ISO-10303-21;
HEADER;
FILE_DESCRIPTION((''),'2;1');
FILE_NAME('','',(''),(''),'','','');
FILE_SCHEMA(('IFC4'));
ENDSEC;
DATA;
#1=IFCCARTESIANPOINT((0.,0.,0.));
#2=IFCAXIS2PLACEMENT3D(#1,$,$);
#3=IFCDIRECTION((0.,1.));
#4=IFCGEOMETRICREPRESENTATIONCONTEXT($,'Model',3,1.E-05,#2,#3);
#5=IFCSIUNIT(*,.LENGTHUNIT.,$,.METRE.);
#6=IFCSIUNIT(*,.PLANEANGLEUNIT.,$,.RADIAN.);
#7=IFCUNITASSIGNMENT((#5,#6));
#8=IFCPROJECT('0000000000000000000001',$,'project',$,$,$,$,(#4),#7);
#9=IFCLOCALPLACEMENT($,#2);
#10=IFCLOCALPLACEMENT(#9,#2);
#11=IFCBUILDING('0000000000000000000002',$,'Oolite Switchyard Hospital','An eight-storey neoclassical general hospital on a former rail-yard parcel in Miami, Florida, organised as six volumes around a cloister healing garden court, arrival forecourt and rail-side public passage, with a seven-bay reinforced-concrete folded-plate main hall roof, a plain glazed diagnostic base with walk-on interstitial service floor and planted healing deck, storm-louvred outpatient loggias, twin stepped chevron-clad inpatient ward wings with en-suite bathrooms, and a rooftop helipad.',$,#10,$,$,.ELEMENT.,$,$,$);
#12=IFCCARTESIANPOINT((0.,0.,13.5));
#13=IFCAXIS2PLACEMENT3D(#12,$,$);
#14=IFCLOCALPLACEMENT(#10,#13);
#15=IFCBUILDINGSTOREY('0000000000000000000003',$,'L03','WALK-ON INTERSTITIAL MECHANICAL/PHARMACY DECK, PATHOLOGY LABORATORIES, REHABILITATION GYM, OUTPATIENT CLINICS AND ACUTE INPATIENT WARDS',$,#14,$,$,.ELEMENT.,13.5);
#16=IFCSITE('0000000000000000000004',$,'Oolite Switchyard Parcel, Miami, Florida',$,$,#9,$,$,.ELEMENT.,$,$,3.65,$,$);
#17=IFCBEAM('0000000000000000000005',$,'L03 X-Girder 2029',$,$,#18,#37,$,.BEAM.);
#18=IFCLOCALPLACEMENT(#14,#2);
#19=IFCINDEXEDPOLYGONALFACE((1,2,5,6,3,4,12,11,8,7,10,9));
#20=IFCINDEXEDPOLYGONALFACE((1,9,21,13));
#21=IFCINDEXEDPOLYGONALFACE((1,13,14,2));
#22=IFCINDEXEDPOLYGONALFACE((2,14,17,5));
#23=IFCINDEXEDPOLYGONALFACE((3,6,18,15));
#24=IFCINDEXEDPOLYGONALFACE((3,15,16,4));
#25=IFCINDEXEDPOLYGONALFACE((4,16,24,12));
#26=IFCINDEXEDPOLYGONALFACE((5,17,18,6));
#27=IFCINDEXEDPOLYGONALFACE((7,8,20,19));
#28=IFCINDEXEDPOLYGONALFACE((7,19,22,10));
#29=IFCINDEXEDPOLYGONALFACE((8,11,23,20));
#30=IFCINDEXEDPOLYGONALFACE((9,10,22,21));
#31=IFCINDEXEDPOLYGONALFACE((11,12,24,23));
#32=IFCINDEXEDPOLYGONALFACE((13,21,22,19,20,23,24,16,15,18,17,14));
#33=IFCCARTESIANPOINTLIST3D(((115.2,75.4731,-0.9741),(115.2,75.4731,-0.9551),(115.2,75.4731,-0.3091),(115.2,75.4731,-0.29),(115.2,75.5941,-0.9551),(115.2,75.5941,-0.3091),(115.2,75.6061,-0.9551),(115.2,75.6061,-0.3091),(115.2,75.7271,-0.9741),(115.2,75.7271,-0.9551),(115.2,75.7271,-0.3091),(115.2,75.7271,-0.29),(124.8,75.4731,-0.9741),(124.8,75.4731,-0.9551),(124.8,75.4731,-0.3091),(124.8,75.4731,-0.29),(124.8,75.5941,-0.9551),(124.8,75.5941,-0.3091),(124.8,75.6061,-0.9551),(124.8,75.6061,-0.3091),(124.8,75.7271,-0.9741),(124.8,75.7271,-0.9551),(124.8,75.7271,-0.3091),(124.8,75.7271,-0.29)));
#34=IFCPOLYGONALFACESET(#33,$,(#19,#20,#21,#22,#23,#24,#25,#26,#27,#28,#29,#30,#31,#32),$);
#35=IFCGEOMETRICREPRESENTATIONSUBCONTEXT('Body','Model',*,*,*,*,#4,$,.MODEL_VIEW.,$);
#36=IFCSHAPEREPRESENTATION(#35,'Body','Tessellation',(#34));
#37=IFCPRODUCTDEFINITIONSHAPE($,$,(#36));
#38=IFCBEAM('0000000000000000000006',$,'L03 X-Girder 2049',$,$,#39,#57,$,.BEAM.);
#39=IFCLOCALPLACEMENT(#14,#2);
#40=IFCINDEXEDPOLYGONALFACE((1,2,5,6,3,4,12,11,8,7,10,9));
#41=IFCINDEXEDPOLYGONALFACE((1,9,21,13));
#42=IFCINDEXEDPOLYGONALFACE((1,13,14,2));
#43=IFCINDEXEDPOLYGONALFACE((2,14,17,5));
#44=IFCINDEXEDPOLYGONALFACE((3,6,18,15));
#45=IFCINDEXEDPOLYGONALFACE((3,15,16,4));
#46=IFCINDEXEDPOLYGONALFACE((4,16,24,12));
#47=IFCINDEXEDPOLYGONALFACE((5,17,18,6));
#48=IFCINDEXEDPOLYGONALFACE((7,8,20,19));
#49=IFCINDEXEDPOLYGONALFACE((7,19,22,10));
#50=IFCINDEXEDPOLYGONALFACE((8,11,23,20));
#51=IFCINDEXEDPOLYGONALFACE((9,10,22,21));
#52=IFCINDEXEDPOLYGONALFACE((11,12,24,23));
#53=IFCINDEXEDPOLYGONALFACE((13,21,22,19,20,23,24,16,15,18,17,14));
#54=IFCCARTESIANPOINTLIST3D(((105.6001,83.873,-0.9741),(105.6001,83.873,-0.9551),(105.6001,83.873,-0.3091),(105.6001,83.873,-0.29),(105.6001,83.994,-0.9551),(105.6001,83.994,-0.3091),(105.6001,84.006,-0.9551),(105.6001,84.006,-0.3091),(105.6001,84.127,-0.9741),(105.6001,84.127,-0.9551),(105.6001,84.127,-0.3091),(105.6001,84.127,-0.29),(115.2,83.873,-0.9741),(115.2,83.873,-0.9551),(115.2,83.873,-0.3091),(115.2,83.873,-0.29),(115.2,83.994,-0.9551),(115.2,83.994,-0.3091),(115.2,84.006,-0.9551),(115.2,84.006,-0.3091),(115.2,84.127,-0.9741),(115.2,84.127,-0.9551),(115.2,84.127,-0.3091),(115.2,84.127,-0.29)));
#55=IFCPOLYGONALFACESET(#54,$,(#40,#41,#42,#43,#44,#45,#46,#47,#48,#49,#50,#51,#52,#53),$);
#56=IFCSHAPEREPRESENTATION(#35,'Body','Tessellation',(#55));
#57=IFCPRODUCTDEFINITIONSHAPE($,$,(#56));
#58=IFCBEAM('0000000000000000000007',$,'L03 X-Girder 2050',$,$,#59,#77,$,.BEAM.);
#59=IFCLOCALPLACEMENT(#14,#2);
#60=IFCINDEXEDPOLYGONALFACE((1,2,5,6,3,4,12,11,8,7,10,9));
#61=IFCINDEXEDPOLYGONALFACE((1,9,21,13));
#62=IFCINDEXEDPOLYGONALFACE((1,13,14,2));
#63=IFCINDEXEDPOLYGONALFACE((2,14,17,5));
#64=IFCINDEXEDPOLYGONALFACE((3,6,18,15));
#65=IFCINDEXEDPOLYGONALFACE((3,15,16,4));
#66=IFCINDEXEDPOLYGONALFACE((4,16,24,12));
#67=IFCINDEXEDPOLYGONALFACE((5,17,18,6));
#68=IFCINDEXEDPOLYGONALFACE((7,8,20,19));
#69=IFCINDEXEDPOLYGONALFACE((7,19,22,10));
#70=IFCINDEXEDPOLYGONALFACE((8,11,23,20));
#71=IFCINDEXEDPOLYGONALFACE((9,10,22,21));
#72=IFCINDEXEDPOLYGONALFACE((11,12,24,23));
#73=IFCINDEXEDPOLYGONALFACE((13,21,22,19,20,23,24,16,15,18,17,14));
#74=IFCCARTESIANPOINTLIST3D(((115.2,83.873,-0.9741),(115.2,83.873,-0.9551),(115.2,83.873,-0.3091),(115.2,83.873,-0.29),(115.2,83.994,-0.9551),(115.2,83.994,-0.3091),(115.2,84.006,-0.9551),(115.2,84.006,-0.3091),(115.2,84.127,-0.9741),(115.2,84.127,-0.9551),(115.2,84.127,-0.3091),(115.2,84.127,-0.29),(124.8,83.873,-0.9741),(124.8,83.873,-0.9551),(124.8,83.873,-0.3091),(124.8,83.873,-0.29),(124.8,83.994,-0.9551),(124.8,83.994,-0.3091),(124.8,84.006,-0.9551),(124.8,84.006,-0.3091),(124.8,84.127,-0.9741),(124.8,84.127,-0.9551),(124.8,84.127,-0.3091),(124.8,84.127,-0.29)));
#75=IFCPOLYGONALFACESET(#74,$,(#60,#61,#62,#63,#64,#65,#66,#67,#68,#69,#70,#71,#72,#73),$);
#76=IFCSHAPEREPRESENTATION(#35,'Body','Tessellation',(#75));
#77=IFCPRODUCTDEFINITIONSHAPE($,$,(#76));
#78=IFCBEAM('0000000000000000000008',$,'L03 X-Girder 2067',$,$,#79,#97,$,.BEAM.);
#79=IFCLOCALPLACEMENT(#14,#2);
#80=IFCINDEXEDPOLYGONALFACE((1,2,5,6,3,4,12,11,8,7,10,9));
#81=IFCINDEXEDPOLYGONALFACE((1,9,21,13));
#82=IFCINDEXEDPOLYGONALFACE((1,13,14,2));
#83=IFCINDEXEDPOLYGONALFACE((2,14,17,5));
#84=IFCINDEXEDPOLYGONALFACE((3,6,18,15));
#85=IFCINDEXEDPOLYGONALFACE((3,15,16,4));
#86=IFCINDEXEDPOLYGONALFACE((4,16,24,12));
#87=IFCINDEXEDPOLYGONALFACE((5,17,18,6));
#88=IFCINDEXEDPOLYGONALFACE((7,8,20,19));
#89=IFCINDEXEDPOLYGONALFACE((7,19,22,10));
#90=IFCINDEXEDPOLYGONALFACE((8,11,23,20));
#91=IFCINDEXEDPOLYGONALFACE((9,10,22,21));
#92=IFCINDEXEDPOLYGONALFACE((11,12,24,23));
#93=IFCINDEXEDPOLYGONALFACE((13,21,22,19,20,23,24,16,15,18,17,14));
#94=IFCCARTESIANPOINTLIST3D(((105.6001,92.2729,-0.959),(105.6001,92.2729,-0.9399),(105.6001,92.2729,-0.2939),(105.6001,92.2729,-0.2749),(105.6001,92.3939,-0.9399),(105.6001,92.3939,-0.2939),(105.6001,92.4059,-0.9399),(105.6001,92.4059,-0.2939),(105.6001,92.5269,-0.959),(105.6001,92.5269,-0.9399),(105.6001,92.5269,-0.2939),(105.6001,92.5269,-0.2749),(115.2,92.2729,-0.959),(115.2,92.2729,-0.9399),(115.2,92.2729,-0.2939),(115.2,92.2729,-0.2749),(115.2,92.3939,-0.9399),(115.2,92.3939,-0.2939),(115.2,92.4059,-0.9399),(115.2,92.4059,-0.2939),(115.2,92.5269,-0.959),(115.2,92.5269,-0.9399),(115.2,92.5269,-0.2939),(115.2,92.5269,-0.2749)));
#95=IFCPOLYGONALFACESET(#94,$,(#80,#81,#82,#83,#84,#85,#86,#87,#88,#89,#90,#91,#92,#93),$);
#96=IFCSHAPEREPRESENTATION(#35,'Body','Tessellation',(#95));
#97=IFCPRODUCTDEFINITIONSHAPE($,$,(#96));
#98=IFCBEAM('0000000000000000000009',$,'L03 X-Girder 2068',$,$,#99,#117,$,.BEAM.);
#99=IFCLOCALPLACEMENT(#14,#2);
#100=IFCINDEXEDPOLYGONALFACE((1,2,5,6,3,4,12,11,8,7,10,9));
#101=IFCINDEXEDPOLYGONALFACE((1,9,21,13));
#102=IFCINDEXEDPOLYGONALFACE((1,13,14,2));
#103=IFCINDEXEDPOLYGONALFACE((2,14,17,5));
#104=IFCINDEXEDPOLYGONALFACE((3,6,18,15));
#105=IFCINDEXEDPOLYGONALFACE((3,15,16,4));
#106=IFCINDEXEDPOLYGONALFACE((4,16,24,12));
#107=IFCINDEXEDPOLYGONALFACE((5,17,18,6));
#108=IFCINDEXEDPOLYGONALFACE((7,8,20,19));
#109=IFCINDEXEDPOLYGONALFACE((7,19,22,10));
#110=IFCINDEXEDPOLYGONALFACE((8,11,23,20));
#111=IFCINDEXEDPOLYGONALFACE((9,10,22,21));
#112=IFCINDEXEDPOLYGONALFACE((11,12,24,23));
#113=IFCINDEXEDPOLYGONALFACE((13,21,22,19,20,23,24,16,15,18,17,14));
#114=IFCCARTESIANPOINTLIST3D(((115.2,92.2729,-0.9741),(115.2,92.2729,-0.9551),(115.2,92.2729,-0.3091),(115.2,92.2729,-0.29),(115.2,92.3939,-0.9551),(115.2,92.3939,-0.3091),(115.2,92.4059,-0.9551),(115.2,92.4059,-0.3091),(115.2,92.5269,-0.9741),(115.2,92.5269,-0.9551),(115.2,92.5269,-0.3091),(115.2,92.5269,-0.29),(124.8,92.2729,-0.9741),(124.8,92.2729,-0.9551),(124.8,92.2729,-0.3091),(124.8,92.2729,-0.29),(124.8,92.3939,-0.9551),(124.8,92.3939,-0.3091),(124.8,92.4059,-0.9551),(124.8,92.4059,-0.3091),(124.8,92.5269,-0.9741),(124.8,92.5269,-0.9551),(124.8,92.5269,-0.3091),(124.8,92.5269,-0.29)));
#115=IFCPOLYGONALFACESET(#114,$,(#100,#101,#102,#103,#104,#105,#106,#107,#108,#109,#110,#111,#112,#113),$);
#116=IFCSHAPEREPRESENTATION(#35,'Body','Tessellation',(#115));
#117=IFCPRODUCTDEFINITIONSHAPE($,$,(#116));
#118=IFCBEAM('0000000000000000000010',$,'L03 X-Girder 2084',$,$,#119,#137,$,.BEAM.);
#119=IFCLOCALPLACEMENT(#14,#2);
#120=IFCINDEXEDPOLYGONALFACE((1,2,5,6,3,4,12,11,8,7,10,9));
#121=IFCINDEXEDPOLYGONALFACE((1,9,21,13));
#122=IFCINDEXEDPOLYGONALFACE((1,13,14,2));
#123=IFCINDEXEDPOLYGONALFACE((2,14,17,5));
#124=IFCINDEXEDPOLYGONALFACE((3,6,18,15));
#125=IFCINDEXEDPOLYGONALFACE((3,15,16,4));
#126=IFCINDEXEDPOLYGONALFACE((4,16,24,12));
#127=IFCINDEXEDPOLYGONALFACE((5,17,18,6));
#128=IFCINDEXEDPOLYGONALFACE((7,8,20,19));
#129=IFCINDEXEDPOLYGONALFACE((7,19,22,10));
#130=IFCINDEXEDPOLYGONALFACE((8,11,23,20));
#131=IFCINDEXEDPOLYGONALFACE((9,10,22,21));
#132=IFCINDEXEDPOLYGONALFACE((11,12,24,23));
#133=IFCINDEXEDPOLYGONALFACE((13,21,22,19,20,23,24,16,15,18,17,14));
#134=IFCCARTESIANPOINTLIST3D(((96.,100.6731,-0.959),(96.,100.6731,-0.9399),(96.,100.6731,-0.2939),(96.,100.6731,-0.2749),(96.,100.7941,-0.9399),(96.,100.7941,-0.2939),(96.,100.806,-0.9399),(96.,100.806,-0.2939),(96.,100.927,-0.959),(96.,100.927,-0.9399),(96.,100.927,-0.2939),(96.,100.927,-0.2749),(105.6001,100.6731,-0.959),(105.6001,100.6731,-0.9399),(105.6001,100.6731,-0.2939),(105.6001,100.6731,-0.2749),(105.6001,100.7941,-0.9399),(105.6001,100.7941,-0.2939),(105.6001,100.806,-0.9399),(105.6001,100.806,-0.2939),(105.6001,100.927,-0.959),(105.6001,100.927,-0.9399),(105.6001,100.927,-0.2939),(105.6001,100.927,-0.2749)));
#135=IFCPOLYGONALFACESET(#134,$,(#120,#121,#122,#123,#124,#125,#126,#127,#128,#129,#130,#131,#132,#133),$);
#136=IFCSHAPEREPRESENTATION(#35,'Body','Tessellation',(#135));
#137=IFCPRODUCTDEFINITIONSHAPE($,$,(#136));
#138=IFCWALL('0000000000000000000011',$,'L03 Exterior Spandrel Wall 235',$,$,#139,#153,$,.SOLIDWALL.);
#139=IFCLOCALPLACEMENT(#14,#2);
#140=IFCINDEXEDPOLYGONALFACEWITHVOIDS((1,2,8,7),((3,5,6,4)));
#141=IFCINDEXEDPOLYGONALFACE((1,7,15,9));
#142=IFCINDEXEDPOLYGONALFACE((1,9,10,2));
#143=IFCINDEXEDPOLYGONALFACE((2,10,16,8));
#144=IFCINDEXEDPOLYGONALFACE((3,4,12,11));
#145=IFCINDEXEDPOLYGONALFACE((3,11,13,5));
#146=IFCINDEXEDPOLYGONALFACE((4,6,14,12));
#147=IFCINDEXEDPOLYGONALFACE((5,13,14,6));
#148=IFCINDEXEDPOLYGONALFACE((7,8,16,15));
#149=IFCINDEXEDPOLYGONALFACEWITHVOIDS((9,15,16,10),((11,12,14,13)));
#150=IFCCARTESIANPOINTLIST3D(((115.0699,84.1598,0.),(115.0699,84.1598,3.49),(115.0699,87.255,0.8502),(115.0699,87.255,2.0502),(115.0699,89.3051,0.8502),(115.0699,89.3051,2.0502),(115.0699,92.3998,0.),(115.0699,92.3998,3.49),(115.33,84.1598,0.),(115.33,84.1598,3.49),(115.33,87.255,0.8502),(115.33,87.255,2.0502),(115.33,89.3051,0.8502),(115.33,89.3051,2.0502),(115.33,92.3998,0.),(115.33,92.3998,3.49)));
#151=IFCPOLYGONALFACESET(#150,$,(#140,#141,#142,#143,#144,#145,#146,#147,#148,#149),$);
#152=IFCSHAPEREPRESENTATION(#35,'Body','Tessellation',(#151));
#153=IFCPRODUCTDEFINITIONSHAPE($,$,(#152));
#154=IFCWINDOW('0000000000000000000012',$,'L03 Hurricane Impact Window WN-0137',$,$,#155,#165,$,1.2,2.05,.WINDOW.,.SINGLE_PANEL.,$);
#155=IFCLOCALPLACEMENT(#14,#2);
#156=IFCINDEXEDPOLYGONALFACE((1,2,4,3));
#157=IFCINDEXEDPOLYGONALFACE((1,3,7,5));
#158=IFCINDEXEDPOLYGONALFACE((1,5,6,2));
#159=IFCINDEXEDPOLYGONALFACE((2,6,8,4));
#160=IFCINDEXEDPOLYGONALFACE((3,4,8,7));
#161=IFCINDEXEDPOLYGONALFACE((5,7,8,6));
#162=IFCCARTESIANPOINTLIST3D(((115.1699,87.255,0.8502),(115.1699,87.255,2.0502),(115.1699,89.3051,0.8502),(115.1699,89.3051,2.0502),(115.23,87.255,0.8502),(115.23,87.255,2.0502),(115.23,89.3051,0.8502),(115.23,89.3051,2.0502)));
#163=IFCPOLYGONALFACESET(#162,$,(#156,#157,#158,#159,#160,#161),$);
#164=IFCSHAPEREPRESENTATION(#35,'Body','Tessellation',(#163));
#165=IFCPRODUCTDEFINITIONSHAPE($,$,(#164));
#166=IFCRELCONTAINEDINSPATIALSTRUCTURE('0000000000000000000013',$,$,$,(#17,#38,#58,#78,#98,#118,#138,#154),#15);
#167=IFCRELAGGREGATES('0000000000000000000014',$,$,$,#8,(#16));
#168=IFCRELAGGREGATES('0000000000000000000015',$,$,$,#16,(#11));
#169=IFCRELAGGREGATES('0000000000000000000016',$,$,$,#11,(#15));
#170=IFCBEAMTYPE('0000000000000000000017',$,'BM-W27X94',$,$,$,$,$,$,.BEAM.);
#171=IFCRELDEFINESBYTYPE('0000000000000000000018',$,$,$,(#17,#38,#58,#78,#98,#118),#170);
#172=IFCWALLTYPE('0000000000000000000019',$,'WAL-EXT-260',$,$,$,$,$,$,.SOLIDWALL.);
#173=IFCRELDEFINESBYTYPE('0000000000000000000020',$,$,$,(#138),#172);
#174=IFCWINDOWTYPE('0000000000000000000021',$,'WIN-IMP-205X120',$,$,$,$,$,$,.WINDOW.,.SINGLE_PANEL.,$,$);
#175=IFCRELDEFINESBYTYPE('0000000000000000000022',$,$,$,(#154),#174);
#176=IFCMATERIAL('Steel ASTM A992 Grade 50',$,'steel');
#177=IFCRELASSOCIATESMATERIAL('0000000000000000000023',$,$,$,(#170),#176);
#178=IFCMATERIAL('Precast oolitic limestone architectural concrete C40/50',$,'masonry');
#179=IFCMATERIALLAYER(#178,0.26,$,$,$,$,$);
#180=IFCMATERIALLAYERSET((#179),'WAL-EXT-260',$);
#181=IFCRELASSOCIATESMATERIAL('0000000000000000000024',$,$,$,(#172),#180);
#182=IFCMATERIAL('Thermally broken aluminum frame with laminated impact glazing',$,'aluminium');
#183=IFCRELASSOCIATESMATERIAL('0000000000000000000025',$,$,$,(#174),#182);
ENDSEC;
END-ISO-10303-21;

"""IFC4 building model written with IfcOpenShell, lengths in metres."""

from ifc_helpers import new_model, si_unit, direction, frame, frame_2d, origin, origin_2d, place, context, subcontext, project, spatial, rectangle, i_section, extrude, material, layer, layer_set, material_profile, profile_set, type_object, element, fill, save


model = new_model("IFC4")

# Units and contexts
model_context = context("Model", 3, precision=1e-05, world=origin(), true_north=direction((0.0, 1.0)))
body_context = subcontext(model_context, "Body", "Model", "MODEL_VIEW")
ifc_project = project(units=[si_unit("LENGTHUNIT", "METRE"), si_unit("PLANEANGLEUNIT", "RADIAN")], contexts=[model_context])

# Site, building, storey
site_placement = place(None, origin())
site = spatial("IfcSite", under=ifc_project, at=site_placement, Name="Oolite Switchyard Parcel, Miami, Florida", CompositionType="ELEMENT", RefElevation=3.65)
building_placement = place(site_placement, origin())
building = spatial("IfcBuilding", under=site, at=building_placement, Name="Oolite Switchyard Hospital", Description="An eight-storey neoclassical general hospital on a former rail-yard parcel in Miami, Florida, organised as six volumes around a cloister healing garden court, arrival forecourt and rail-side public passage, with a seven-bay reinforced-concrete folded-plate main hall roof, a plain glazed diagnostic base with walk-on interstitial service floor and planted healing deck, storm-louvred outpatient loggias, twin stepped chevron-clad inpatient ward wings with en-suite bathrooms, and a rooftop helipad.", CompositionType="ELEMENT")
storey_placement = place(building_placement, frame((0.0, 0.0, 13.5)))
storey = spatial("IfcBuildingStorey", under=building, at=storey_placement, Name="L03", Description="WALK-ON INTERSTITIAL MECHANICAL/PHARMACY DECK, PATHOLOGY LABORATORIES, REHABILITATION GYM, OUTPATIENT CLINICS AND ACUTE INPATIENT WARDS", CompositionType="ELEMENT", Elevation=13.5)

# Beams
ifc_material_1 = material(Name="Steel ASTM A992 Grade 50", Category="steel")
ifc_material_profile_1 = material_profile(ifc_material_1, i_section(OverallWidth=0.2539, OverallDepth=0.6841, WebThickness=0.012, FlangeThickness=0.019, at=origin_2d()), Name="W27X94")
ifc_profile_set_1 = profile_set([ifc_material_profile_1], Name="Steel ASTM A992 Grade 50")
beam_type_1 = type_object("IfcBeamType", Name="BM-W27X94", PredefinedType="BEAM", material=ifc_profile_set_1)
beam_1_placement = place(storey_placement, frame((115.2, 75.6001, -0.6321), z_axis=(1.0, 0.0, 0.0), x_axis=(0.0, 1.0, 0.0)))
element("IfcBeam", 1, at=beam_1_placement, inside=storey, type_object=beam_type_1, Name="L03 X-Girder 2029", PredefinedType="BEAM", context=body_context, shape_type="SweptSolid", body=[
    extrude(i_section(OverallWidth=0.2539, OverallDepth=0.6841, WebThickness=0.012, FlangeThickness=0.019, at=origin_2d()), origin(), (0.0, 0.0, 1.0), 9.6001),
])
beam_2_placement = place(storey_placement, frame((105.6001, 84.0, -0.6321), z_axis=(1.0, 0.0, 0.0), x_axis=(0.0, 1.0, 0.0)))
element("IfcBeam", 2, at=beam_2_placement, inside=storey, type_object=beam_type_1, Name="L03 X-Girder 2049", PredefinedType="BEAM", context=body_context, shape_type="SweptSolid", body=[
    extrude(i_section(OverallWidth=0.2539, OverallDepth=0.6841, WebThickness=0.012, FlangeThickness=0.019, at=origin_2d()), origin(), (0.0, 0.0, 1.0), 9.5999),
])
beam_3_placement = place(storey_placement, frame((115.2, 84.0, -0.6321), z_axis=(1.0, 0.0, 0.0), x_axis=(0.0, 1.0, 0.0)))
element("IfcBeam", 3, at=beam_3_placement, inside=storey, type_object=beam_type_1, Name="L03 X-Girder 2050", PredefinedType="BEAM", context=body_context, shape_type="SweptSolid", body=[
    extrude(i_section(OverallWidth=0.2539, OverallDepth=0.6841, WebThickness=0.012, FlangeThickness=0.019, at=origin_2d()), origin(), (0.0, 0.0, 1.0), 9.6001),
])
beam_4_placement = place(storey_placement, frame((105.6001, 92.3999, -0.6169), z_axis=(1.0, 0.0, 0.0), x_axis=(0.0, 1.0, 0.0)))
element("IfcBeam", 4, at=beam_4_placement, inside=storey, type_object=beam_type_1, Name="L03 X-Girder 2067", PredefinedType="BEAM", context=body_context, shape_type="SweptSolid", body=[
    extrude(i_section(OverallWidth=0.2539, OverallDepth=0.6841, WebThickness=0.012, FlangeThickness=0.019, at=origin_2d()), origin(), (0.0, 0.0, 1.0), 9.5999),
])
for number, where, z_axis, x_axis, name in (
    (5, (115.2, 92.3999, -0.6321), (1.0, 0.0, 0.0), (0.0, 1.0, 0.0), "L03 X-Girder 2068"),
    (6, (96.0, 100.8, -0.6169), (1.0, 0.0, 0.0), (0.0, 1.0, 0.0), "L03 X-Girder 2084"),
):
    element("IfcBeam", number, at=place(storey_placement, frame(where, z_axis=z_axis, x_axis=x_axis)), inside=storey, type_object=beam_type_1, Name=name, PredefinedType="BEAM", context=body_context, shape_type="SweptSolid", body=[
        extrude(i_section(OverallWidth=0.2539, OverallDepth=0.6841, WebThickness=0.012, FlangeThickness=0.019, at=origin_2d()), origin(), (0.0, 0.0, 1.0), 9.6001),
    ])

# Wall, opening, window
ifc_material_2 = material(Name="Precast oolitic limestone architectural concrete C40/50", Category="masonry")
ifc_layer_1 = layer(ifc_material_2, 0.26)
ifc_layer_set_1 = layer_set([ifc_layer_1], Name="WAL-EXT-260")
wall_type_1 = type_object("IfcWallType", Name="WAL-EXT-260", PredefinedType="SOLIDWALL", material=ifc_layer_set_1)
wall_1_placement = place(storey_placement, frame((115.2, 92.3999, 0.0), z_axis=(0.0, 0.0, 1.0), x_axis=(0.0, -1.0, 0.0)))
wall_1 = element("IfcWall", 7, at=wall_1_placement, inside=storey, type_object=wall_type_1, Name="L03 Exterior Spandrel Wall 235", PredefinedType="SOLIDWALL", context=body_context, shape_type="SweptSolid", body=[
    extrude(rectangle(XDim=8.24, YDim=0.26, at=frame_2d((4.1201, 0.0))), origin(), (0.0, 0.0, 1.0), 3.49),
])
opening_1_placement = place(wall_1_placement, frame((3.095, 0.0, 0.8501)))
opening_1 = element("IfcOpeningElement", 8, at=opening_1_placement, cuts=wall_1, PredefinedType="OPENING", context=body_context, shape_type="SweptSolid", body=[
    extrude(rectangle(XDim=2.05, YDim=1.2, at=frame_2d((1.0249, 0.6001))), frame((0.0, 0.1401, 0.0), z_axis=(0.0, -1.0, 0.0), x_axis=(1.0, 0.0, 0.0)), (0.0, 0.0, 1.0), 0.28),
])
ifc_material_3 = material(Name="Thermally broken aluminum frame with laminated impact glazing", Category="aluminium")
window_type = type_object("IfcWindowType", Name="WIN-IMP-205X120", PartitioningType="SINGLE_PANEL", PredefinedType="WINDOW", material=ifc_material_3)
window_placement = place(opening_1_placement, origin())
window = element("IfcWindow", 9, at=window_placement, inside=storey, type_object=window_type, Name="L03 Hurricane Impact Window WN-0137", OverallHeight=1.2, OverallWidth=2.05, PartitioningType="SINGLE_PANEL", PredefinedType="WINDOW", context=body_context, shape_type="SweptSolid", body=[
    extrude(rectangle(XDim=2.05, YDim=1.2, at=frame_2d((1.0249, 0.6001))), frame((0.0, 0.03, 0.0), z_axis=(0.0, -1.0, 0.0), x_axis=(1.0, 0.0, 0.0)), (0.0, 0.0, 1.0), 0.0601),
])
fill(opening_1, window)

save(model, "model.ifc")
